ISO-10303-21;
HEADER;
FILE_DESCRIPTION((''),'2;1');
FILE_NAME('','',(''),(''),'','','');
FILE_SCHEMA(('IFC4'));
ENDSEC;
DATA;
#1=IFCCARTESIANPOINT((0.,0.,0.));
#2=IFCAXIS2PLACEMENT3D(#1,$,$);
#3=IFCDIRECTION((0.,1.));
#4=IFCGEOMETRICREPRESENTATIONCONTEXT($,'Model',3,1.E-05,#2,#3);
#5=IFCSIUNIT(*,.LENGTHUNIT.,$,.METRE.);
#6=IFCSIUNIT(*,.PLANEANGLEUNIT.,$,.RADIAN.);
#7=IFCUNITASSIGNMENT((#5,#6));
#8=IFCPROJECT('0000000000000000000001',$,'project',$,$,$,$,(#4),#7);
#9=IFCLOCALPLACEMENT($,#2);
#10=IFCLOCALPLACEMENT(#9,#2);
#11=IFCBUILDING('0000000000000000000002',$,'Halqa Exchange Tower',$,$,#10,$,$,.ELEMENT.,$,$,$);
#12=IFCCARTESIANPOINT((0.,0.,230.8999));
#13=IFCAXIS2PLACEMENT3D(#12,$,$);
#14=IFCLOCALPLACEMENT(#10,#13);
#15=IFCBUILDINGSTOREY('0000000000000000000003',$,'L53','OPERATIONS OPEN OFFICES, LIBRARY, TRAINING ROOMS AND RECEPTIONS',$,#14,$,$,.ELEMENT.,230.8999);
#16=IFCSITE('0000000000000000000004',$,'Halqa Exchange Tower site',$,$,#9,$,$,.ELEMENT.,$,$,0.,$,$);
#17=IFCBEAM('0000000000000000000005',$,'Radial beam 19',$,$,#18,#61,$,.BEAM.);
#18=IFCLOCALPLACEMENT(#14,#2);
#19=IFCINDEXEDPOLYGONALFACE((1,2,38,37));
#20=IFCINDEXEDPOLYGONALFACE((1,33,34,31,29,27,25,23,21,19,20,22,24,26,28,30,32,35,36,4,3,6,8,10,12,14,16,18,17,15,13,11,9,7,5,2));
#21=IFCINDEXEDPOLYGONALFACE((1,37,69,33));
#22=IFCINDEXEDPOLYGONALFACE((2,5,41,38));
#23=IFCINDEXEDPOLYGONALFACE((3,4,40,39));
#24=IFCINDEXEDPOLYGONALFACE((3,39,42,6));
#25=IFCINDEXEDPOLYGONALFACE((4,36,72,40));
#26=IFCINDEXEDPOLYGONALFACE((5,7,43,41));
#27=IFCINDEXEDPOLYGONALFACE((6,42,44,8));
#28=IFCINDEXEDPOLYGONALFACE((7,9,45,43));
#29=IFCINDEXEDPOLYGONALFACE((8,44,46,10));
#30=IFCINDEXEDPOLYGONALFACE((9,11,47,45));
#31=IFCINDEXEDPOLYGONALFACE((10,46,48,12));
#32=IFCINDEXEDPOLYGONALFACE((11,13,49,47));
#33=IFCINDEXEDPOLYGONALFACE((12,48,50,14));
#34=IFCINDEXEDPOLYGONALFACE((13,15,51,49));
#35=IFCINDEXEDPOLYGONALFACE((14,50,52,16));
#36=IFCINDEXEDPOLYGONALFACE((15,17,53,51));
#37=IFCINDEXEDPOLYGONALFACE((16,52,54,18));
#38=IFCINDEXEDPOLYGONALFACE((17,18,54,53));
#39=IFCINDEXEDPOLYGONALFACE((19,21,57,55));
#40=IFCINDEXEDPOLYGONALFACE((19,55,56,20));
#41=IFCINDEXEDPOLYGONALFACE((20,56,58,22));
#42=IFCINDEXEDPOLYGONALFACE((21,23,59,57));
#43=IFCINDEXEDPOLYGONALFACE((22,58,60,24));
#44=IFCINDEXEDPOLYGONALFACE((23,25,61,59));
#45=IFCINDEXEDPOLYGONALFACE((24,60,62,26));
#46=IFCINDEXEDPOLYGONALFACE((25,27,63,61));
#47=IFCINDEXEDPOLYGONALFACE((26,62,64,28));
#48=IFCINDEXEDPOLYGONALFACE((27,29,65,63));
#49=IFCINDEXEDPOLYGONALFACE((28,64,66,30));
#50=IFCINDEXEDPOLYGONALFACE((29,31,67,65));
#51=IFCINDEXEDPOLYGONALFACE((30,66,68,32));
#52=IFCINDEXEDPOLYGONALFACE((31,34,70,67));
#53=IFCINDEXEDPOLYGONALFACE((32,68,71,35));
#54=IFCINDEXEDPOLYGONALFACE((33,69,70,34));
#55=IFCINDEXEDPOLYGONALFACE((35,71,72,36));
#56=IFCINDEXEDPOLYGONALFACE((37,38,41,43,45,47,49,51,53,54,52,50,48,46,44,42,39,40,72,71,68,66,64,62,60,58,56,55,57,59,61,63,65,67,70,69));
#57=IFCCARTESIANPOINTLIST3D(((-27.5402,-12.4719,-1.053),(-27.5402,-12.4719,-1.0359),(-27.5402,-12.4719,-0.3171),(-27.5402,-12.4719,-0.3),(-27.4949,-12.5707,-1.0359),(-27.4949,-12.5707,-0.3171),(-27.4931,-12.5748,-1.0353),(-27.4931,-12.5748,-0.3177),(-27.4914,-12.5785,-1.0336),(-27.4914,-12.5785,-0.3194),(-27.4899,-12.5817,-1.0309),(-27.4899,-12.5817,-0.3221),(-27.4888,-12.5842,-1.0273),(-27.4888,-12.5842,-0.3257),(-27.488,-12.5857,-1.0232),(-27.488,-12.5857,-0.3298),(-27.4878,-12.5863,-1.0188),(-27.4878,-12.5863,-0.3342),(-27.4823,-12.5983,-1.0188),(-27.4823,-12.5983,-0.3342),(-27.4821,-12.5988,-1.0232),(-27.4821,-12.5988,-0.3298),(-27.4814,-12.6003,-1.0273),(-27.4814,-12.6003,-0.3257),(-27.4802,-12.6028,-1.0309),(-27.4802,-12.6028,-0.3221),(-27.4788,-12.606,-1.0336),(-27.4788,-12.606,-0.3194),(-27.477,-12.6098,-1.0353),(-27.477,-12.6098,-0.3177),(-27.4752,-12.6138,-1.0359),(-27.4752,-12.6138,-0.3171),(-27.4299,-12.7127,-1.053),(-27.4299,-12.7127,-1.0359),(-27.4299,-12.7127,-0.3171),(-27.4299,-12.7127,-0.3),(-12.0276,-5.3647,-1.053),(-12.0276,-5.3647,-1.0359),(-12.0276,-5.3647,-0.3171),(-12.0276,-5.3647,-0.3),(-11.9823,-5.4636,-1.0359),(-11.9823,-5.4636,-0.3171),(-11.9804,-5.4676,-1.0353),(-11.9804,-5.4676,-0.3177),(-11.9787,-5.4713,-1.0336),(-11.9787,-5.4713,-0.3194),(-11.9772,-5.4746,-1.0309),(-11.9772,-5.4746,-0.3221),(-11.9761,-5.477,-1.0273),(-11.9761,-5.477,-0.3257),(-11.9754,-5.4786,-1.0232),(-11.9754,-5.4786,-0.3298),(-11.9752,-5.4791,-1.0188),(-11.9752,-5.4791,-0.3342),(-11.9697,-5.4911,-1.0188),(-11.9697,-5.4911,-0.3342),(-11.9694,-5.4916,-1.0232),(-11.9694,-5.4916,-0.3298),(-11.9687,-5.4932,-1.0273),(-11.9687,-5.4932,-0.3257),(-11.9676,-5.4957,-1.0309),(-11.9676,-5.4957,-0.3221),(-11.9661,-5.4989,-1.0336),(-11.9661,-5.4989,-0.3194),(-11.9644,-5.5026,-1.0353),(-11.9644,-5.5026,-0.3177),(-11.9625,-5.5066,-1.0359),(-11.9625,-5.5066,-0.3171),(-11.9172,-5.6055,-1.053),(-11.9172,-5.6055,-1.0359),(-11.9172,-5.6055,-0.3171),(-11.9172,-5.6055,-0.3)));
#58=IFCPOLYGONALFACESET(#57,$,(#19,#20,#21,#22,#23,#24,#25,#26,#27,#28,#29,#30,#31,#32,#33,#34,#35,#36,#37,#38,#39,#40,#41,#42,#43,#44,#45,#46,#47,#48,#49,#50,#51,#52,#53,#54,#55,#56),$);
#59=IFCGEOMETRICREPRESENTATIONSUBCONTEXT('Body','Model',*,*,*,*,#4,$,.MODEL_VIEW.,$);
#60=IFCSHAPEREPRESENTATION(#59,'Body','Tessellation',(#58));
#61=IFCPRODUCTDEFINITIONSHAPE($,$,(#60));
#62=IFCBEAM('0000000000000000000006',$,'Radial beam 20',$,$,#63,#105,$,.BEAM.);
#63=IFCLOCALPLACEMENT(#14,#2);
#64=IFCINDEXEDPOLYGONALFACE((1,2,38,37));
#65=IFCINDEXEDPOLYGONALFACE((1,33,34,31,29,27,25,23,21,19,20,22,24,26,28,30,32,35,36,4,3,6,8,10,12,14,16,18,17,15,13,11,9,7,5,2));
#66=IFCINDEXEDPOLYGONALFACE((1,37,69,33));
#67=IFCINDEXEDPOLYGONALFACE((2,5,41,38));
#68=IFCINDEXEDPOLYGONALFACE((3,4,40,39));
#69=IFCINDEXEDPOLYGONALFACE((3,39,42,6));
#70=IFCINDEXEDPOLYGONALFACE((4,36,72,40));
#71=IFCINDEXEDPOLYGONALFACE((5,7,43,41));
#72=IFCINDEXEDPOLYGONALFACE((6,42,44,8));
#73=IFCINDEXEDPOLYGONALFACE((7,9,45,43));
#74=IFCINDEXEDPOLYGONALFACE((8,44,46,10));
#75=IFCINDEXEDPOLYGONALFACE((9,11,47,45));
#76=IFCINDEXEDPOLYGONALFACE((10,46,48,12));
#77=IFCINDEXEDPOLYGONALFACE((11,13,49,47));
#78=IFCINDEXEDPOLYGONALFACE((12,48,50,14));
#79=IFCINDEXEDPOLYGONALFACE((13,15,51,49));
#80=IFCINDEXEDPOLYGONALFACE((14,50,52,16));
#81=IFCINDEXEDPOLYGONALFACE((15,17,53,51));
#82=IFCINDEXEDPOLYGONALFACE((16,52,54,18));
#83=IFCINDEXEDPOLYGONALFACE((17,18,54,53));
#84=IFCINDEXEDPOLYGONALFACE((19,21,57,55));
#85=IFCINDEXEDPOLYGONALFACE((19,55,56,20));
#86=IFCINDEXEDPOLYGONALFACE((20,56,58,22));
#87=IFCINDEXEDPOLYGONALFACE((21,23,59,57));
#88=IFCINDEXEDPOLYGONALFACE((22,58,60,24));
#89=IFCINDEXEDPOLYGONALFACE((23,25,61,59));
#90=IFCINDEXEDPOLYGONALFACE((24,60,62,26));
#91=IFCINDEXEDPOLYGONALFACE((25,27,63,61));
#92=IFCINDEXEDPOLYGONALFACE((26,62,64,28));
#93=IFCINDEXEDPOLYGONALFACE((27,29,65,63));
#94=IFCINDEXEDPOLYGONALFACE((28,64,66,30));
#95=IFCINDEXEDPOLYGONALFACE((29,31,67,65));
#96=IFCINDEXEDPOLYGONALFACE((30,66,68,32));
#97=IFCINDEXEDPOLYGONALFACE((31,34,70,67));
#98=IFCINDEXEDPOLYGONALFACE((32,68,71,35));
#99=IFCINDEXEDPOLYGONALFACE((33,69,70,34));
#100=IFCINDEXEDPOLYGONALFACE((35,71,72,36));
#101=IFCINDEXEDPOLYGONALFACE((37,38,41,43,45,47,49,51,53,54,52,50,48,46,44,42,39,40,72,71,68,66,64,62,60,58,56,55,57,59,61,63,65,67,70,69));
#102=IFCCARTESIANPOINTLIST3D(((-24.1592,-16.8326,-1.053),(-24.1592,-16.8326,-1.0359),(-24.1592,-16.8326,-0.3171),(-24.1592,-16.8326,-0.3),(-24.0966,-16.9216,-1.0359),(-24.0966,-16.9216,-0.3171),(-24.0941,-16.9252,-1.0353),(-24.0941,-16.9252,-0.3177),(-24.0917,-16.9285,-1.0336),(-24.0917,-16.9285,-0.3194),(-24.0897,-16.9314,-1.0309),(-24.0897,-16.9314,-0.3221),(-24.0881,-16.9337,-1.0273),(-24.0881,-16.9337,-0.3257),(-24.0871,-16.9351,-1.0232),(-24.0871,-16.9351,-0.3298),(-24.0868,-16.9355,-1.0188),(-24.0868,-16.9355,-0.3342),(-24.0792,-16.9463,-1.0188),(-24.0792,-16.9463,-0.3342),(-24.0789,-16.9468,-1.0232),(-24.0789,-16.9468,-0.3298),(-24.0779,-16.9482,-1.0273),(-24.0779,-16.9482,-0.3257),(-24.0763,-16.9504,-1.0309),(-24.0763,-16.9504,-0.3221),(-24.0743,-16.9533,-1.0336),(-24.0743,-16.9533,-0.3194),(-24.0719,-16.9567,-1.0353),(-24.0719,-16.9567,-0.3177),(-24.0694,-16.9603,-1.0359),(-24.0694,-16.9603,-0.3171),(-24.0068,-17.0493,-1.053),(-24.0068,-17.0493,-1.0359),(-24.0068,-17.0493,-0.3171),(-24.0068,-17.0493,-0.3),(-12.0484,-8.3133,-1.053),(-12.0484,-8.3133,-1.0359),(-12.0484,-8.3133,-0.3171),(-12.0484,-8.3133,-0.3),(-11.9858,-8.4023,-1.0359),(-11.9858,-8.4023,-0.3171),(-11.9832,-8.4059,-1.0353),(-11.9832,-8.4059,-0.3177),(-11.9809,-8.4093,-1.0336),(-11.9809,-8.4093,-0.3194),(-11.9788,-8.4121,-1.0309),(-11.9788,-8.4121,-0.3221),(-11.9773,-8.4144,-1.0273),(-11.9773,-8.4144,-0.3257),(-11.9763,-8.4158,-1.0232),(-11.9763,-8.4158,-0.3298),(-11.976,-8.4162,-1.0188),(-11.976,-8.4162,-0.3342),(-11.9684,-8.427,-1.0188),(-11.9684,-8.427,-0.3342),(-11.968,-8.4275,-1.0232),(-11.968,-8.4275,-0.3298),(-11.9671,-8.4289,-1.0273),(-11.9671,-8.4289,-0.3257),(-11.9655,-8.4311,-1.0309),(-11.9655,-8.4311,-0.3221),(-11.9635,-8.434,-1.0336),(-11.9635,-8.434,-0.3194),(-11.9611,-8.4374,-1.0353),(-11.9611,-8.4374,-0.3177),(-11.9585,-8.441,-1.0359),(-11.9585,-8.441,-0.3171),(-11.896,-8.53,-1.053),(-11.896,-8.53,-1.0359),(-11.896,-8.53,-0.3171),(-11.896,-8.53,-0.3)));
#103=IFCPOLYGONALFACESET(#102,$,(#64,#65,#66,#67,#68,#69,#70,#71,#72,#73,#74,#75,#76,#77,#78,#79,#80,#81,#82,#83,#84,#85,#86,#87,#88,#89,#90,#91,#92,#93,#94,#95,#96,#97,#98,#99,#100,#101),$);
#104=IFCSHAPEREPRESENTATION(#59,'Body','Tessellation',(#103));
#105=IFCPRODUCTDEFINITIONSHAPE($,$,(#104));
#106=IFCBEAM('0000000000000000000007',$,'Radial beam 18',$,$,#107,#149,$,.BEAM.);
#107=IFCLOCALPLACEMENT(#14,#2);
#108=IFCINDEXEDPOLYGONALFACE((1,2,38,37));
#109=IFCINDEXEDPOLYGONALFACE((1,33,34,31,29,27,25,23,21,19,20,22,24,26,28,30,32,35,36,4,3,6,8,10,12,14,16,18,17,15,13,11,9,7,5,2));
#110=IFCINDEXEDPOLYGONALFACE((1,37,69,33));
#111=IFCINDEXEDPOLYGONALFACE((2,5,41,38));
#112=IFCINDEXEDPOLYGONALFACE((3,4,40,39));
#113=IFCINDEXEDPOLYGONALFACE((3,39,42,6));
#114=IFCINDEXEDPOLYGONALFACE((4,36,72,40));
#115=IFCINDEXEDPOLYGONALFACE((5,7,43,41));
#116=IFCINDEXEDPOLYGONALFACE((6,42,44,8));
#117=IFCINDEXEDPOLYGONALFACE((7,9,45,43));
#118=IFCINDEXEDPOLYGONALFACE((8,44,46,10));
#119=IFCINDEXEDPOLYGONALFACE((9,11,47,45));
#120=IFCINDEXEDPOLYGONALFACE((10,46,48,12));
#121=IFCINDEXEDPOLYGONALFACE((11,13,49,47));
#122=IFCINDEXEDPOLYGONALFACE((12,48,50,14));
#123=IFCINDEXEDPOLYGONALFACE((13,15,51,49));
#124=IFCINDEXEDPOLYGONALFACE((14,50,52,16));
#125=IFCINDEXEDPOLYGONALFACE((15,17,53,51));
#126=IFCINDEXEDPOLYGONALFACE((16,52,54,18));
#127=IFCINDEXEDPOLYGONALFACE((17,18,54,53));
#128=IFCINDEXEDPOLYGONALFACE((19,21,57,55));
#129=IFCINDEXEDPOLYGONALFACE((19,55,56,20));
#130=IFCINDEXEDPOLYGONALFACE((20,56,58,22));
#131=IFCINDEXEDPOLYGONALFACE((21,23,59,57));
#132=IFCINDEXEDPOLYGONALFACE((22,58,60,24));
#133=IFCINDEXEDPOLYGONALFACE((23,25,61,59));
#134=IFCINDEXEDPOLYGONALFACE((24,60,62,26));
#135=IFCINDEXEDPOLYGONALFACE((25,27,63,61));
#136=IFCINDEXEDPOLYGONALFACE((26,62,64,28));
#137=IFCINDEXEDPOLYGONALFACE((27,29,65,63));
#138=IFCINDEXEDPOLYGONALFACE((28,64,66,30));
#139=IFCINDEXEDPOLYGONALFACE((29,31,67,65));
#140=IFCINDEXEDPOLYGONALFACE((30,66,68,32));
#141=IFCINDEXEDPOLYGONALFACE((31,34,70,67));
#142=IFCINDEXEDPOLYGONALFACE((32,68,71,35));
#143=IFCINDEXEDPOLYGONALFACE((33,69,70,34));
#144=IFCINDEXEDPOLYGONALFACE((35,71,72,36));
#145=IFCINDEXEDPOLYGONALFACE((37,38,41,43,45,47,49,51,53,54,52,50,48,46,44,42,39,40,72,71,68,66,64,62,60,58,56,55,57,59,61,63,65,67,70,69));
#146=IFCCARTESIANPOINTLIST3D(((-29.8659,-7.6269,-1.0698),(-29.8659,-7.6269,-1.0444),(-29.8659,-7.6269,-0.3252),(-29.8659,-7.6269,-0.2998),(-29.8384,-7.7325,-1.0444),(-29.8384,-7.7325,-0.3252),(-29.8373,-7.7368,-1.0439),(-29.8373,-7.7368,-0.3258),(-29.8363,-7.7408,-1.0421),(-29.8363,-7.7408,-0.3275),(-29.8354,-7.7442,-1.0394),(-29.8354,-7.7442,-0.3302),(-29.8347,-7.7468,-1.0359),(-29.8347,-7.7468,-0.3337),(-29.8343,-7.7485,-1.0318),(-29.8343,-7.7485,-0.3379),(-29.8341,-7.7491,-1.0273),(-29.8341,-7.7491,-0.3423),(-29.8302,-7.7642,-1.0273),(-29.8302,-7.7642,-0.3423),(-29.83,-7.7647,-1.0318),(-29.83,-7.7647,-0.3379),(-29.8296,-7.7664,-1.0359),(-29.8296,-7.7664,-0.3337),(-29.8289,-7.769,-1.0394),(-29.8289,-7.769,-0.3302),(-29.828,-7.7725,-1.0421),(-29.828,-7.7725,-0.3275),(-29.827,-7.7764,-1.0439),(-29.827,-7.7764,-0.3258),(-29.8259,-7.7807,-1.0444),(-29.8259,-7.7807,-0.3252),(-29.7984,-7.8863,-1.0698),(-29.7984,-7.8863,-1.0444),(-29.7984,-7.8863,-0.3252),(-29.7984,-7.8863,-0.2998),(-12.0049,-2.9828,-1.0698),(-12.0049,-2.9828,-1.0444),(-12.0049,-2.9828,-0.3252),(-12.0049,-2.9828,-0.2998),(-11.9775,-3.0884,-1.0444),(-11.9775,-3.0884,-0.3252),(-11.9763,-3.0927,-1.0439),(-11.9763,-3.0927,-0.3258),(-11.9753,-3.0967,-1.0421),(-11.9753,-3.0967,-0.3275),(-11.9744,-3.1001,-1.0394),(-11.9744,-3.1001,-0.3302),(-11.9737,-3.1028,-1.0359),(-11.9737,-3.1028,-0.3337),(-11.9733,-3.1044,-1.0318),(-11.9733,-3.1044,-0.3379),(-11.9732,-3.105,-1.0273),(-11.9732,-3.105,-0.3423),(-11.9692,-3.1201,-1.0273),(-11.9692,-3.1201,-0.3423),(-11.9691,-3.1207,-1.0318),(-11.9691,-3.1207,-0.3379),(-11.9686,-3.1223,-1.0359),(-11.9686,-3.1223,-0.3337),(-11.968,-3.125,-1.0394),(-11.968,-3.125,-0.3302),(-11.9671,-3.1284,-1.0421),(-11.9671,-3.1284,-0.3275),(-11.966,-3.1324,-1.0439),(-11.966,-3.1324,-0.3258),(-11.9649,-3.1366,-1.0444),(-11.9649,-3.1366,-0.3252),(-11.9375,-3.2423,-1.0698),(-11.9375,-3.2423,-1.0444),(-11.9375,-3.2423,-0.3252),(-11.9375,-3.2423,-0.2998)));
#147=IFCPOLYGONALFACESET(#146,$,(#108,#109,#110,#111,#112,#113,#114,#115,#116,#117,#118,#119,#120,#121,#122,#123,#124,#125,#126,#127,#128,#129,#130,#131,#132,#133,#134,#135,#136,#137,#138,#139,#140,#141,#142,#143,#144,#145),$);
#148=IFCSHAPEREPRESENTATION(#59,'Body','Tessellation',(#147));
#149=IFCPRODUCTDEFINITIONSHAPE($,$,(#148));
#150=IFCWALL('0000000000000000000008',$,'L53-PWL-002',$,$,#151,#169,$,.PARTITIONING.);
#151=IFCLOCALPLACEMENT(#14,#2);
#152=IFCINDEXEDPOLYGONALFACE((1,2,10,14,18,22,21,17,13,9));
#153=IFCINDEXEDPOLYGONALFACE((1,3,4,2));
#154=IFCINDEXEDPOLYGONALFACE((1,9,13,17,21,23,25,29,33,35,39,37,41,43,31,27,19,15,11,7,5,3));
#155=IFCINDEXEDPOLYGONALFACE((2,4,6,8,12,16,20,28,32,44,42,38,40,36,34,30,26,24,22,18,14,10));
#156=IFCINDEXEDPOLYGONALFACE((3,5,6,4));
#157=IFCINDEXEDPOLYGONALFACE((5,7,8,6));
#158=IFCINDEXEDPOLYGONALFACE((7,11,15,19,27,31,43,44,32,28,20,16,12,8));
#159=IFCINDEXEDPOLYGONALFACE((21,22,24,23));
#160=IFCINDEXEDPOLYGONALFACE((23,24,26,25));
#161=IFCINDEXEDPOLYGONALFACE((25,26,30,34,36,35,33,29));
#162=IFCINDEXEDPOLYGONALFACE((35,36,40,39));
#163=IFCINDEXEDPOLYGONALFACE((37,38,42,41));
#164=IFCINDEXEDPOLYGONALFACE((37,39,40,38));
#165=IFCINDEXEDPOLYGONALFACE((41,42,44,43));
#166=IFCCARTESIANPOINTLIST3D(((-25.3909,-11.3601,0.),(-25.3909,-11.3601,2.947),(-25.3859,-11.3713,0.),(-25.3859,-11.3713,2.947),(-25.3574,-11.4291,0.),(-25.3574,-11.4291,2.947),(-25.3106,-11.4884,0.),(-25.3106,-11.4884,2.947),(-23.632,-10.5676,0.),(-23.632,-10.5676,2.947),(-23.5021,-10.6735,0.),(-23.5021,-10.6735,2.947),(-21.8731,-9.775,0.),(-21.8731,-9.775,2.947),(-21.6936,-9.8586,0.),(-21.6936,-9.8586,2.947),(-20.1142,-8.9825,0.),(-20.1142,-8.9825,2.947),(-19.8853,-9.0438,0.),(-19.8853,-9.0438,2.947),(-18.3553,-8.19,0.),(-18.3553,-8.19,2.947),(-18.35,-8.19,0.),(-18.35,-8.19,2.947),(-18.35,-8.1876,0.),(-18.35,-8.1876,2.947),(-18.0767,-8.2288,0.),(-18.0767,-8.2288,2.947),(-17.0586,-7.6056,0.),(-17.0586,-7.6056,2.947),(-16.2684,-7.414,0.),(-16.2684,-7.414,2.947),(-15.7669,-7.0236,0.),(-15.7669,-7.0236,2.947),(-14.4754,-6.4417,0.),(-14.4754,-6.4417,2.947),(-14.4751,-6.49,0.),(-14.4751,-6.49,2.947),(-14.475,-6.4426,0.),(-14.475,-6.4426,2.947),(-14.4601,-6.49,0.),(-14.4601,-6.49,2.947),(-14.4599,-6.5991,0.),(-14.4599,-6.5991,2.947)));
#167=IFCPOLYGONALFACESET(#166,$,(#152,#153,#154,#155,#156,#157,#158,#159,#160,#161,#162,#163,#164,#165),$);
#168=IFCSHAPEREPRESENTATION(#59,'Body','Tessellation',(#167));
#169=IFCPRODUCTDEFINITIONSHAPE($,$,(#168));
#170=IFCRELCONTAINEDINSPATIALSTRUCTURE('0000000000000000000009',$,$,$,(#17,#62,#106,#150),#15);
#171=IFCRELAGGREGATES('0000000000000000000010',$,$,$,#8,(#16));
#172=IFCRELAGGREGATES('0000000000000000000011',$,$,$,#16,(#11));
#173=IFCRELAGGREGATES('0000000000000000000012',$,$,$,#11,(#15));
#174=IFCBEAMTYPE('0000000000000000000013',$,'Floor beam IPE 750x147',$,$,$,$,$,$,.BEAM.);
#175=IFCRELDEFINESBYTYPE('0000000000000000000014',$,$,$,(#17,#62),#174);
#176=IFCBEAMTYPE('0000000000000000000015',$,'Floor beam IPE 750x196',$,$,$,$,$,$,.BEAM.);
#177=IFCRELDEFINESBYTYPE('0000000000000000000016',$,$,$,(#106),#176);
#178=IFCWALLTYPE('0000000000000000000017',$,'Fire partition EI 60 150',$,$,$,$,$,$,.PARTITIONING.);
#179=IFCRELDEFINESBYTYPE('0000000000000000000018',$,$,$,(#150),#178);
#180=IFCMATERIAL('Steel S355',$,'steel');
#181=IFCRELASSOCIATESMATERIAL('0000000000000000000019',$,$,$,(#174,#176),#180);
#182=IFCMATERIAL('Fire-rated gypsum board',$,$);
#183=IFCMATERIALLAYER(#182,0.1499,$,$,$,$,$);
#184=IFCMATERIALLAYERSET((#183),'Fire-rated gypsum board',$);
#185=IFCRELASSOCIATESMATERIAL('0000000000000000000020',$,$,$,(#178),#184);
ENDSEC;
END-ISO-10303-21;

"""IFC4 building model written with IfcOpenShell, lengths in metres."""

from ifc_helpers import new_model, si_unit, direction, frame, origin, origin_2d, place, context, subcontext, project, spatial, polyline, i_section, outline, extrude, material, layer, layer_set, material_profile, profile_set, type_object, element, save


model = new_model("IFC4")

# Units and contexts
model_context = context("Model", 3, precision=1e-05, world=origin(), true_north=direction((0.0, 1.0)))
body_context = subcontext(model_context, "Body", "Model", "MODEL_VIEW")
ifc_project = project(units=[si_unit("LENGTHUNIT", "METRE"), si_unit("PLANEANGLEUNIT", "RADIAN")], contexts=[model_context])

# Site, building, storey
site_placement = place(None, origin())
site = spatial("IfcSite", under=ifc_project, at=site_placement, Name="Halqa Exchange Tower site", CompositionType="ELEMENT", RefElevation=0.0)
building_placement = place(site_placement, origin())
building = spatial("IfcBuilding", under=site, at=building_placement, Name="Halqa Exchange Tower", CompositionType="ELEMENT")
storey_placement = place(building_placement, frame((0.0, 0.0, 230.8999)))
storey = spatial("IfcBuildingStorey", under=building, at=storey_placement, Name="L53", Description="OPERATIONS OPEN OFFICES, LIBRARY, TRAINING ROOMS AND RECEPTIONS", CompositionType="ELEMENT", Elevation=230.8999)

# Beams
ifc_material_1 = material(Name="Steel S355", Category="steel")
ifc_material_profile_1 = material_profile(ifc_material_1, i_section(OverallWidth=0.2649, OverallDepth=0.7529, WebThickness=0.0132, FlangeThickness=0.0171, FilletRadius=0.0171, at=origin_2d()), Name="IPE 750x147")
ifc_profile_set_1 = profile_set([ifc_material_profile_1], Name="Steel S355")
beam_type_1 = type_object("IfcBeamType", Name="Floor beam IPE 750x147", PredefinedType="BEAM", material=ifc_profile_set_1)
beam_1_placement = place(storey_placement, frame((-11.9724, -5.4851, -0.6765), z_axis=(-0.909127, -0.416519, 0.0), x_axis=(0.416519, -0.909127, 0.0)))
element("IfcBeam", 1, at=beam_1_placement, inside=storey, type_object=beam_type_1, Name="Radial beam 19", PredefinedType="BEAM", context=body_context, shape_type="SweptSolid", body=[
    extrude(i_section(OverallWidth=0.2649, OverallDepth=0.7529, WebThickness=0.0132, FlangeThickness=0.0171, FilletRadius=0.0171, at=origin_2d()), origin(), (0.0, 0.0, 1.0), 17.0632),
])
beam_2_placement = place(storey_placement, frame((-11.9722, -8.4216, -0.6765), z_axis=(-0.817907, -0.575351, 0.0), x_axis=(0.575351, -0.817907, 0.0)))
element("IfcBeam", 2, at=beam_2_placement, inside=storey, type_object=beam_type_1, Name="Radial beam 20", PredefinedType="BEAM", context=body_context, shape_type="SweptSolid", body=[
    extrude(i_section(OverallWidth=0.2649, OverallDepth=0.7529, WebThickness=0.0132, FlangeThickness=0.0171, FilletRadius=0.0171, at=origin_2d()), origin(), (0.0, 0.0, 1.0), 14.8071),
])
ifc_material_profile_2 = material_profile(ifc_material_1, i_section(OverallWidth=0.2681, OverallDepth=0.77, WebThickness=0.0156, FlangeThickness=0.0254, FilletRadius=0.0171, at=origin_2d()), Name="IPE 750x196")
ifc_profile_set_2 = profile_set([ifc_material_profile_2], Name="Steel S355")
beam_type_2 = type_object("IfcBeamType", Name="Floor beam IPE 750x196", PredefinedType="BEAM", material=ifc_profile_set_2)
beam_3_placement = place(storey_placement, frame((-11.9712, -3.1125, -0.6848), z_axis=(-0.96782, -0.251645, 0.0), x_axis=(0.251645, -0.96782, 0.0)))
element("IfcBeam", 3, at=beam_3_placement, inside=storey, type_object=beam_type_2, Name="Radial beam 18", PredefinedType="BEAM", context=body_context, shape_type="SweptSolid", body=[
    extrude(i_section(OverallWidth=0.2681, OverallDepth=0.77, WebThickness=0.0156, FlangeThickness=0.0254, FilletRadius=0.0171, at=origin_2d()), origin(), (0.0, 0.0, 1.0), 18.4548),
])

# Wall
ifc_material_2 = material(Name="Fire-rated gypsum board")
ifc_layer_1 = layer(ifc_material_2, 0.1499)
ifc_layer_set_1 = layer_set([ifc_layer_1], Name="Fire-rated gypsum board")
wall_type_1 = type_object("IfcWallType", Name="Fire partition EI 60 150", PredefinedType="PARTITIONING", material=ifc_layer_set_1)
wall_1_placement = place(storey_placement, frame((-25.3601, -11.4285, 0.0), z_axis=(0.0, 0.0, 1.0), x_axis=(0.911719, 0.410814, 0.0)))
element("IfcWall", 4, at=wall_1_placement, inside=storey, type_object=wall_type_1, Name="L53-PWL-002", PredefinedType="PARTITIONING", context=body_context, shape_type="SweptSolid", body=[
    extrude(outline(polyline([(0.0205, -0.075), (2.0042, -0.075), (3.9878, -0.075), (5.9712, -0.075), (7.9548, -0.075), (9.9382, -0.075), (11.9219, -0.075), (11.9666, 0.0247), (11.9529, 0.0308), (11.9724, 0.074), (11.9724, 0.075), (10.5559, 0.075), (9.1392, 0.075), (7.7227, 0.075), (7.7217, 0.0728), (7.7168, 0.075), (5.7876, 0.075), (3.8584, 0.075), (1.9292, 0.075), (0.0, 0.075), (0.0, 0.0627), (0.0022, -0.0017), (0.0205, -0.075)])), origin(), (0.0, 0.0, 1.0), 2.947),
])

save(model, "model.ifc")
